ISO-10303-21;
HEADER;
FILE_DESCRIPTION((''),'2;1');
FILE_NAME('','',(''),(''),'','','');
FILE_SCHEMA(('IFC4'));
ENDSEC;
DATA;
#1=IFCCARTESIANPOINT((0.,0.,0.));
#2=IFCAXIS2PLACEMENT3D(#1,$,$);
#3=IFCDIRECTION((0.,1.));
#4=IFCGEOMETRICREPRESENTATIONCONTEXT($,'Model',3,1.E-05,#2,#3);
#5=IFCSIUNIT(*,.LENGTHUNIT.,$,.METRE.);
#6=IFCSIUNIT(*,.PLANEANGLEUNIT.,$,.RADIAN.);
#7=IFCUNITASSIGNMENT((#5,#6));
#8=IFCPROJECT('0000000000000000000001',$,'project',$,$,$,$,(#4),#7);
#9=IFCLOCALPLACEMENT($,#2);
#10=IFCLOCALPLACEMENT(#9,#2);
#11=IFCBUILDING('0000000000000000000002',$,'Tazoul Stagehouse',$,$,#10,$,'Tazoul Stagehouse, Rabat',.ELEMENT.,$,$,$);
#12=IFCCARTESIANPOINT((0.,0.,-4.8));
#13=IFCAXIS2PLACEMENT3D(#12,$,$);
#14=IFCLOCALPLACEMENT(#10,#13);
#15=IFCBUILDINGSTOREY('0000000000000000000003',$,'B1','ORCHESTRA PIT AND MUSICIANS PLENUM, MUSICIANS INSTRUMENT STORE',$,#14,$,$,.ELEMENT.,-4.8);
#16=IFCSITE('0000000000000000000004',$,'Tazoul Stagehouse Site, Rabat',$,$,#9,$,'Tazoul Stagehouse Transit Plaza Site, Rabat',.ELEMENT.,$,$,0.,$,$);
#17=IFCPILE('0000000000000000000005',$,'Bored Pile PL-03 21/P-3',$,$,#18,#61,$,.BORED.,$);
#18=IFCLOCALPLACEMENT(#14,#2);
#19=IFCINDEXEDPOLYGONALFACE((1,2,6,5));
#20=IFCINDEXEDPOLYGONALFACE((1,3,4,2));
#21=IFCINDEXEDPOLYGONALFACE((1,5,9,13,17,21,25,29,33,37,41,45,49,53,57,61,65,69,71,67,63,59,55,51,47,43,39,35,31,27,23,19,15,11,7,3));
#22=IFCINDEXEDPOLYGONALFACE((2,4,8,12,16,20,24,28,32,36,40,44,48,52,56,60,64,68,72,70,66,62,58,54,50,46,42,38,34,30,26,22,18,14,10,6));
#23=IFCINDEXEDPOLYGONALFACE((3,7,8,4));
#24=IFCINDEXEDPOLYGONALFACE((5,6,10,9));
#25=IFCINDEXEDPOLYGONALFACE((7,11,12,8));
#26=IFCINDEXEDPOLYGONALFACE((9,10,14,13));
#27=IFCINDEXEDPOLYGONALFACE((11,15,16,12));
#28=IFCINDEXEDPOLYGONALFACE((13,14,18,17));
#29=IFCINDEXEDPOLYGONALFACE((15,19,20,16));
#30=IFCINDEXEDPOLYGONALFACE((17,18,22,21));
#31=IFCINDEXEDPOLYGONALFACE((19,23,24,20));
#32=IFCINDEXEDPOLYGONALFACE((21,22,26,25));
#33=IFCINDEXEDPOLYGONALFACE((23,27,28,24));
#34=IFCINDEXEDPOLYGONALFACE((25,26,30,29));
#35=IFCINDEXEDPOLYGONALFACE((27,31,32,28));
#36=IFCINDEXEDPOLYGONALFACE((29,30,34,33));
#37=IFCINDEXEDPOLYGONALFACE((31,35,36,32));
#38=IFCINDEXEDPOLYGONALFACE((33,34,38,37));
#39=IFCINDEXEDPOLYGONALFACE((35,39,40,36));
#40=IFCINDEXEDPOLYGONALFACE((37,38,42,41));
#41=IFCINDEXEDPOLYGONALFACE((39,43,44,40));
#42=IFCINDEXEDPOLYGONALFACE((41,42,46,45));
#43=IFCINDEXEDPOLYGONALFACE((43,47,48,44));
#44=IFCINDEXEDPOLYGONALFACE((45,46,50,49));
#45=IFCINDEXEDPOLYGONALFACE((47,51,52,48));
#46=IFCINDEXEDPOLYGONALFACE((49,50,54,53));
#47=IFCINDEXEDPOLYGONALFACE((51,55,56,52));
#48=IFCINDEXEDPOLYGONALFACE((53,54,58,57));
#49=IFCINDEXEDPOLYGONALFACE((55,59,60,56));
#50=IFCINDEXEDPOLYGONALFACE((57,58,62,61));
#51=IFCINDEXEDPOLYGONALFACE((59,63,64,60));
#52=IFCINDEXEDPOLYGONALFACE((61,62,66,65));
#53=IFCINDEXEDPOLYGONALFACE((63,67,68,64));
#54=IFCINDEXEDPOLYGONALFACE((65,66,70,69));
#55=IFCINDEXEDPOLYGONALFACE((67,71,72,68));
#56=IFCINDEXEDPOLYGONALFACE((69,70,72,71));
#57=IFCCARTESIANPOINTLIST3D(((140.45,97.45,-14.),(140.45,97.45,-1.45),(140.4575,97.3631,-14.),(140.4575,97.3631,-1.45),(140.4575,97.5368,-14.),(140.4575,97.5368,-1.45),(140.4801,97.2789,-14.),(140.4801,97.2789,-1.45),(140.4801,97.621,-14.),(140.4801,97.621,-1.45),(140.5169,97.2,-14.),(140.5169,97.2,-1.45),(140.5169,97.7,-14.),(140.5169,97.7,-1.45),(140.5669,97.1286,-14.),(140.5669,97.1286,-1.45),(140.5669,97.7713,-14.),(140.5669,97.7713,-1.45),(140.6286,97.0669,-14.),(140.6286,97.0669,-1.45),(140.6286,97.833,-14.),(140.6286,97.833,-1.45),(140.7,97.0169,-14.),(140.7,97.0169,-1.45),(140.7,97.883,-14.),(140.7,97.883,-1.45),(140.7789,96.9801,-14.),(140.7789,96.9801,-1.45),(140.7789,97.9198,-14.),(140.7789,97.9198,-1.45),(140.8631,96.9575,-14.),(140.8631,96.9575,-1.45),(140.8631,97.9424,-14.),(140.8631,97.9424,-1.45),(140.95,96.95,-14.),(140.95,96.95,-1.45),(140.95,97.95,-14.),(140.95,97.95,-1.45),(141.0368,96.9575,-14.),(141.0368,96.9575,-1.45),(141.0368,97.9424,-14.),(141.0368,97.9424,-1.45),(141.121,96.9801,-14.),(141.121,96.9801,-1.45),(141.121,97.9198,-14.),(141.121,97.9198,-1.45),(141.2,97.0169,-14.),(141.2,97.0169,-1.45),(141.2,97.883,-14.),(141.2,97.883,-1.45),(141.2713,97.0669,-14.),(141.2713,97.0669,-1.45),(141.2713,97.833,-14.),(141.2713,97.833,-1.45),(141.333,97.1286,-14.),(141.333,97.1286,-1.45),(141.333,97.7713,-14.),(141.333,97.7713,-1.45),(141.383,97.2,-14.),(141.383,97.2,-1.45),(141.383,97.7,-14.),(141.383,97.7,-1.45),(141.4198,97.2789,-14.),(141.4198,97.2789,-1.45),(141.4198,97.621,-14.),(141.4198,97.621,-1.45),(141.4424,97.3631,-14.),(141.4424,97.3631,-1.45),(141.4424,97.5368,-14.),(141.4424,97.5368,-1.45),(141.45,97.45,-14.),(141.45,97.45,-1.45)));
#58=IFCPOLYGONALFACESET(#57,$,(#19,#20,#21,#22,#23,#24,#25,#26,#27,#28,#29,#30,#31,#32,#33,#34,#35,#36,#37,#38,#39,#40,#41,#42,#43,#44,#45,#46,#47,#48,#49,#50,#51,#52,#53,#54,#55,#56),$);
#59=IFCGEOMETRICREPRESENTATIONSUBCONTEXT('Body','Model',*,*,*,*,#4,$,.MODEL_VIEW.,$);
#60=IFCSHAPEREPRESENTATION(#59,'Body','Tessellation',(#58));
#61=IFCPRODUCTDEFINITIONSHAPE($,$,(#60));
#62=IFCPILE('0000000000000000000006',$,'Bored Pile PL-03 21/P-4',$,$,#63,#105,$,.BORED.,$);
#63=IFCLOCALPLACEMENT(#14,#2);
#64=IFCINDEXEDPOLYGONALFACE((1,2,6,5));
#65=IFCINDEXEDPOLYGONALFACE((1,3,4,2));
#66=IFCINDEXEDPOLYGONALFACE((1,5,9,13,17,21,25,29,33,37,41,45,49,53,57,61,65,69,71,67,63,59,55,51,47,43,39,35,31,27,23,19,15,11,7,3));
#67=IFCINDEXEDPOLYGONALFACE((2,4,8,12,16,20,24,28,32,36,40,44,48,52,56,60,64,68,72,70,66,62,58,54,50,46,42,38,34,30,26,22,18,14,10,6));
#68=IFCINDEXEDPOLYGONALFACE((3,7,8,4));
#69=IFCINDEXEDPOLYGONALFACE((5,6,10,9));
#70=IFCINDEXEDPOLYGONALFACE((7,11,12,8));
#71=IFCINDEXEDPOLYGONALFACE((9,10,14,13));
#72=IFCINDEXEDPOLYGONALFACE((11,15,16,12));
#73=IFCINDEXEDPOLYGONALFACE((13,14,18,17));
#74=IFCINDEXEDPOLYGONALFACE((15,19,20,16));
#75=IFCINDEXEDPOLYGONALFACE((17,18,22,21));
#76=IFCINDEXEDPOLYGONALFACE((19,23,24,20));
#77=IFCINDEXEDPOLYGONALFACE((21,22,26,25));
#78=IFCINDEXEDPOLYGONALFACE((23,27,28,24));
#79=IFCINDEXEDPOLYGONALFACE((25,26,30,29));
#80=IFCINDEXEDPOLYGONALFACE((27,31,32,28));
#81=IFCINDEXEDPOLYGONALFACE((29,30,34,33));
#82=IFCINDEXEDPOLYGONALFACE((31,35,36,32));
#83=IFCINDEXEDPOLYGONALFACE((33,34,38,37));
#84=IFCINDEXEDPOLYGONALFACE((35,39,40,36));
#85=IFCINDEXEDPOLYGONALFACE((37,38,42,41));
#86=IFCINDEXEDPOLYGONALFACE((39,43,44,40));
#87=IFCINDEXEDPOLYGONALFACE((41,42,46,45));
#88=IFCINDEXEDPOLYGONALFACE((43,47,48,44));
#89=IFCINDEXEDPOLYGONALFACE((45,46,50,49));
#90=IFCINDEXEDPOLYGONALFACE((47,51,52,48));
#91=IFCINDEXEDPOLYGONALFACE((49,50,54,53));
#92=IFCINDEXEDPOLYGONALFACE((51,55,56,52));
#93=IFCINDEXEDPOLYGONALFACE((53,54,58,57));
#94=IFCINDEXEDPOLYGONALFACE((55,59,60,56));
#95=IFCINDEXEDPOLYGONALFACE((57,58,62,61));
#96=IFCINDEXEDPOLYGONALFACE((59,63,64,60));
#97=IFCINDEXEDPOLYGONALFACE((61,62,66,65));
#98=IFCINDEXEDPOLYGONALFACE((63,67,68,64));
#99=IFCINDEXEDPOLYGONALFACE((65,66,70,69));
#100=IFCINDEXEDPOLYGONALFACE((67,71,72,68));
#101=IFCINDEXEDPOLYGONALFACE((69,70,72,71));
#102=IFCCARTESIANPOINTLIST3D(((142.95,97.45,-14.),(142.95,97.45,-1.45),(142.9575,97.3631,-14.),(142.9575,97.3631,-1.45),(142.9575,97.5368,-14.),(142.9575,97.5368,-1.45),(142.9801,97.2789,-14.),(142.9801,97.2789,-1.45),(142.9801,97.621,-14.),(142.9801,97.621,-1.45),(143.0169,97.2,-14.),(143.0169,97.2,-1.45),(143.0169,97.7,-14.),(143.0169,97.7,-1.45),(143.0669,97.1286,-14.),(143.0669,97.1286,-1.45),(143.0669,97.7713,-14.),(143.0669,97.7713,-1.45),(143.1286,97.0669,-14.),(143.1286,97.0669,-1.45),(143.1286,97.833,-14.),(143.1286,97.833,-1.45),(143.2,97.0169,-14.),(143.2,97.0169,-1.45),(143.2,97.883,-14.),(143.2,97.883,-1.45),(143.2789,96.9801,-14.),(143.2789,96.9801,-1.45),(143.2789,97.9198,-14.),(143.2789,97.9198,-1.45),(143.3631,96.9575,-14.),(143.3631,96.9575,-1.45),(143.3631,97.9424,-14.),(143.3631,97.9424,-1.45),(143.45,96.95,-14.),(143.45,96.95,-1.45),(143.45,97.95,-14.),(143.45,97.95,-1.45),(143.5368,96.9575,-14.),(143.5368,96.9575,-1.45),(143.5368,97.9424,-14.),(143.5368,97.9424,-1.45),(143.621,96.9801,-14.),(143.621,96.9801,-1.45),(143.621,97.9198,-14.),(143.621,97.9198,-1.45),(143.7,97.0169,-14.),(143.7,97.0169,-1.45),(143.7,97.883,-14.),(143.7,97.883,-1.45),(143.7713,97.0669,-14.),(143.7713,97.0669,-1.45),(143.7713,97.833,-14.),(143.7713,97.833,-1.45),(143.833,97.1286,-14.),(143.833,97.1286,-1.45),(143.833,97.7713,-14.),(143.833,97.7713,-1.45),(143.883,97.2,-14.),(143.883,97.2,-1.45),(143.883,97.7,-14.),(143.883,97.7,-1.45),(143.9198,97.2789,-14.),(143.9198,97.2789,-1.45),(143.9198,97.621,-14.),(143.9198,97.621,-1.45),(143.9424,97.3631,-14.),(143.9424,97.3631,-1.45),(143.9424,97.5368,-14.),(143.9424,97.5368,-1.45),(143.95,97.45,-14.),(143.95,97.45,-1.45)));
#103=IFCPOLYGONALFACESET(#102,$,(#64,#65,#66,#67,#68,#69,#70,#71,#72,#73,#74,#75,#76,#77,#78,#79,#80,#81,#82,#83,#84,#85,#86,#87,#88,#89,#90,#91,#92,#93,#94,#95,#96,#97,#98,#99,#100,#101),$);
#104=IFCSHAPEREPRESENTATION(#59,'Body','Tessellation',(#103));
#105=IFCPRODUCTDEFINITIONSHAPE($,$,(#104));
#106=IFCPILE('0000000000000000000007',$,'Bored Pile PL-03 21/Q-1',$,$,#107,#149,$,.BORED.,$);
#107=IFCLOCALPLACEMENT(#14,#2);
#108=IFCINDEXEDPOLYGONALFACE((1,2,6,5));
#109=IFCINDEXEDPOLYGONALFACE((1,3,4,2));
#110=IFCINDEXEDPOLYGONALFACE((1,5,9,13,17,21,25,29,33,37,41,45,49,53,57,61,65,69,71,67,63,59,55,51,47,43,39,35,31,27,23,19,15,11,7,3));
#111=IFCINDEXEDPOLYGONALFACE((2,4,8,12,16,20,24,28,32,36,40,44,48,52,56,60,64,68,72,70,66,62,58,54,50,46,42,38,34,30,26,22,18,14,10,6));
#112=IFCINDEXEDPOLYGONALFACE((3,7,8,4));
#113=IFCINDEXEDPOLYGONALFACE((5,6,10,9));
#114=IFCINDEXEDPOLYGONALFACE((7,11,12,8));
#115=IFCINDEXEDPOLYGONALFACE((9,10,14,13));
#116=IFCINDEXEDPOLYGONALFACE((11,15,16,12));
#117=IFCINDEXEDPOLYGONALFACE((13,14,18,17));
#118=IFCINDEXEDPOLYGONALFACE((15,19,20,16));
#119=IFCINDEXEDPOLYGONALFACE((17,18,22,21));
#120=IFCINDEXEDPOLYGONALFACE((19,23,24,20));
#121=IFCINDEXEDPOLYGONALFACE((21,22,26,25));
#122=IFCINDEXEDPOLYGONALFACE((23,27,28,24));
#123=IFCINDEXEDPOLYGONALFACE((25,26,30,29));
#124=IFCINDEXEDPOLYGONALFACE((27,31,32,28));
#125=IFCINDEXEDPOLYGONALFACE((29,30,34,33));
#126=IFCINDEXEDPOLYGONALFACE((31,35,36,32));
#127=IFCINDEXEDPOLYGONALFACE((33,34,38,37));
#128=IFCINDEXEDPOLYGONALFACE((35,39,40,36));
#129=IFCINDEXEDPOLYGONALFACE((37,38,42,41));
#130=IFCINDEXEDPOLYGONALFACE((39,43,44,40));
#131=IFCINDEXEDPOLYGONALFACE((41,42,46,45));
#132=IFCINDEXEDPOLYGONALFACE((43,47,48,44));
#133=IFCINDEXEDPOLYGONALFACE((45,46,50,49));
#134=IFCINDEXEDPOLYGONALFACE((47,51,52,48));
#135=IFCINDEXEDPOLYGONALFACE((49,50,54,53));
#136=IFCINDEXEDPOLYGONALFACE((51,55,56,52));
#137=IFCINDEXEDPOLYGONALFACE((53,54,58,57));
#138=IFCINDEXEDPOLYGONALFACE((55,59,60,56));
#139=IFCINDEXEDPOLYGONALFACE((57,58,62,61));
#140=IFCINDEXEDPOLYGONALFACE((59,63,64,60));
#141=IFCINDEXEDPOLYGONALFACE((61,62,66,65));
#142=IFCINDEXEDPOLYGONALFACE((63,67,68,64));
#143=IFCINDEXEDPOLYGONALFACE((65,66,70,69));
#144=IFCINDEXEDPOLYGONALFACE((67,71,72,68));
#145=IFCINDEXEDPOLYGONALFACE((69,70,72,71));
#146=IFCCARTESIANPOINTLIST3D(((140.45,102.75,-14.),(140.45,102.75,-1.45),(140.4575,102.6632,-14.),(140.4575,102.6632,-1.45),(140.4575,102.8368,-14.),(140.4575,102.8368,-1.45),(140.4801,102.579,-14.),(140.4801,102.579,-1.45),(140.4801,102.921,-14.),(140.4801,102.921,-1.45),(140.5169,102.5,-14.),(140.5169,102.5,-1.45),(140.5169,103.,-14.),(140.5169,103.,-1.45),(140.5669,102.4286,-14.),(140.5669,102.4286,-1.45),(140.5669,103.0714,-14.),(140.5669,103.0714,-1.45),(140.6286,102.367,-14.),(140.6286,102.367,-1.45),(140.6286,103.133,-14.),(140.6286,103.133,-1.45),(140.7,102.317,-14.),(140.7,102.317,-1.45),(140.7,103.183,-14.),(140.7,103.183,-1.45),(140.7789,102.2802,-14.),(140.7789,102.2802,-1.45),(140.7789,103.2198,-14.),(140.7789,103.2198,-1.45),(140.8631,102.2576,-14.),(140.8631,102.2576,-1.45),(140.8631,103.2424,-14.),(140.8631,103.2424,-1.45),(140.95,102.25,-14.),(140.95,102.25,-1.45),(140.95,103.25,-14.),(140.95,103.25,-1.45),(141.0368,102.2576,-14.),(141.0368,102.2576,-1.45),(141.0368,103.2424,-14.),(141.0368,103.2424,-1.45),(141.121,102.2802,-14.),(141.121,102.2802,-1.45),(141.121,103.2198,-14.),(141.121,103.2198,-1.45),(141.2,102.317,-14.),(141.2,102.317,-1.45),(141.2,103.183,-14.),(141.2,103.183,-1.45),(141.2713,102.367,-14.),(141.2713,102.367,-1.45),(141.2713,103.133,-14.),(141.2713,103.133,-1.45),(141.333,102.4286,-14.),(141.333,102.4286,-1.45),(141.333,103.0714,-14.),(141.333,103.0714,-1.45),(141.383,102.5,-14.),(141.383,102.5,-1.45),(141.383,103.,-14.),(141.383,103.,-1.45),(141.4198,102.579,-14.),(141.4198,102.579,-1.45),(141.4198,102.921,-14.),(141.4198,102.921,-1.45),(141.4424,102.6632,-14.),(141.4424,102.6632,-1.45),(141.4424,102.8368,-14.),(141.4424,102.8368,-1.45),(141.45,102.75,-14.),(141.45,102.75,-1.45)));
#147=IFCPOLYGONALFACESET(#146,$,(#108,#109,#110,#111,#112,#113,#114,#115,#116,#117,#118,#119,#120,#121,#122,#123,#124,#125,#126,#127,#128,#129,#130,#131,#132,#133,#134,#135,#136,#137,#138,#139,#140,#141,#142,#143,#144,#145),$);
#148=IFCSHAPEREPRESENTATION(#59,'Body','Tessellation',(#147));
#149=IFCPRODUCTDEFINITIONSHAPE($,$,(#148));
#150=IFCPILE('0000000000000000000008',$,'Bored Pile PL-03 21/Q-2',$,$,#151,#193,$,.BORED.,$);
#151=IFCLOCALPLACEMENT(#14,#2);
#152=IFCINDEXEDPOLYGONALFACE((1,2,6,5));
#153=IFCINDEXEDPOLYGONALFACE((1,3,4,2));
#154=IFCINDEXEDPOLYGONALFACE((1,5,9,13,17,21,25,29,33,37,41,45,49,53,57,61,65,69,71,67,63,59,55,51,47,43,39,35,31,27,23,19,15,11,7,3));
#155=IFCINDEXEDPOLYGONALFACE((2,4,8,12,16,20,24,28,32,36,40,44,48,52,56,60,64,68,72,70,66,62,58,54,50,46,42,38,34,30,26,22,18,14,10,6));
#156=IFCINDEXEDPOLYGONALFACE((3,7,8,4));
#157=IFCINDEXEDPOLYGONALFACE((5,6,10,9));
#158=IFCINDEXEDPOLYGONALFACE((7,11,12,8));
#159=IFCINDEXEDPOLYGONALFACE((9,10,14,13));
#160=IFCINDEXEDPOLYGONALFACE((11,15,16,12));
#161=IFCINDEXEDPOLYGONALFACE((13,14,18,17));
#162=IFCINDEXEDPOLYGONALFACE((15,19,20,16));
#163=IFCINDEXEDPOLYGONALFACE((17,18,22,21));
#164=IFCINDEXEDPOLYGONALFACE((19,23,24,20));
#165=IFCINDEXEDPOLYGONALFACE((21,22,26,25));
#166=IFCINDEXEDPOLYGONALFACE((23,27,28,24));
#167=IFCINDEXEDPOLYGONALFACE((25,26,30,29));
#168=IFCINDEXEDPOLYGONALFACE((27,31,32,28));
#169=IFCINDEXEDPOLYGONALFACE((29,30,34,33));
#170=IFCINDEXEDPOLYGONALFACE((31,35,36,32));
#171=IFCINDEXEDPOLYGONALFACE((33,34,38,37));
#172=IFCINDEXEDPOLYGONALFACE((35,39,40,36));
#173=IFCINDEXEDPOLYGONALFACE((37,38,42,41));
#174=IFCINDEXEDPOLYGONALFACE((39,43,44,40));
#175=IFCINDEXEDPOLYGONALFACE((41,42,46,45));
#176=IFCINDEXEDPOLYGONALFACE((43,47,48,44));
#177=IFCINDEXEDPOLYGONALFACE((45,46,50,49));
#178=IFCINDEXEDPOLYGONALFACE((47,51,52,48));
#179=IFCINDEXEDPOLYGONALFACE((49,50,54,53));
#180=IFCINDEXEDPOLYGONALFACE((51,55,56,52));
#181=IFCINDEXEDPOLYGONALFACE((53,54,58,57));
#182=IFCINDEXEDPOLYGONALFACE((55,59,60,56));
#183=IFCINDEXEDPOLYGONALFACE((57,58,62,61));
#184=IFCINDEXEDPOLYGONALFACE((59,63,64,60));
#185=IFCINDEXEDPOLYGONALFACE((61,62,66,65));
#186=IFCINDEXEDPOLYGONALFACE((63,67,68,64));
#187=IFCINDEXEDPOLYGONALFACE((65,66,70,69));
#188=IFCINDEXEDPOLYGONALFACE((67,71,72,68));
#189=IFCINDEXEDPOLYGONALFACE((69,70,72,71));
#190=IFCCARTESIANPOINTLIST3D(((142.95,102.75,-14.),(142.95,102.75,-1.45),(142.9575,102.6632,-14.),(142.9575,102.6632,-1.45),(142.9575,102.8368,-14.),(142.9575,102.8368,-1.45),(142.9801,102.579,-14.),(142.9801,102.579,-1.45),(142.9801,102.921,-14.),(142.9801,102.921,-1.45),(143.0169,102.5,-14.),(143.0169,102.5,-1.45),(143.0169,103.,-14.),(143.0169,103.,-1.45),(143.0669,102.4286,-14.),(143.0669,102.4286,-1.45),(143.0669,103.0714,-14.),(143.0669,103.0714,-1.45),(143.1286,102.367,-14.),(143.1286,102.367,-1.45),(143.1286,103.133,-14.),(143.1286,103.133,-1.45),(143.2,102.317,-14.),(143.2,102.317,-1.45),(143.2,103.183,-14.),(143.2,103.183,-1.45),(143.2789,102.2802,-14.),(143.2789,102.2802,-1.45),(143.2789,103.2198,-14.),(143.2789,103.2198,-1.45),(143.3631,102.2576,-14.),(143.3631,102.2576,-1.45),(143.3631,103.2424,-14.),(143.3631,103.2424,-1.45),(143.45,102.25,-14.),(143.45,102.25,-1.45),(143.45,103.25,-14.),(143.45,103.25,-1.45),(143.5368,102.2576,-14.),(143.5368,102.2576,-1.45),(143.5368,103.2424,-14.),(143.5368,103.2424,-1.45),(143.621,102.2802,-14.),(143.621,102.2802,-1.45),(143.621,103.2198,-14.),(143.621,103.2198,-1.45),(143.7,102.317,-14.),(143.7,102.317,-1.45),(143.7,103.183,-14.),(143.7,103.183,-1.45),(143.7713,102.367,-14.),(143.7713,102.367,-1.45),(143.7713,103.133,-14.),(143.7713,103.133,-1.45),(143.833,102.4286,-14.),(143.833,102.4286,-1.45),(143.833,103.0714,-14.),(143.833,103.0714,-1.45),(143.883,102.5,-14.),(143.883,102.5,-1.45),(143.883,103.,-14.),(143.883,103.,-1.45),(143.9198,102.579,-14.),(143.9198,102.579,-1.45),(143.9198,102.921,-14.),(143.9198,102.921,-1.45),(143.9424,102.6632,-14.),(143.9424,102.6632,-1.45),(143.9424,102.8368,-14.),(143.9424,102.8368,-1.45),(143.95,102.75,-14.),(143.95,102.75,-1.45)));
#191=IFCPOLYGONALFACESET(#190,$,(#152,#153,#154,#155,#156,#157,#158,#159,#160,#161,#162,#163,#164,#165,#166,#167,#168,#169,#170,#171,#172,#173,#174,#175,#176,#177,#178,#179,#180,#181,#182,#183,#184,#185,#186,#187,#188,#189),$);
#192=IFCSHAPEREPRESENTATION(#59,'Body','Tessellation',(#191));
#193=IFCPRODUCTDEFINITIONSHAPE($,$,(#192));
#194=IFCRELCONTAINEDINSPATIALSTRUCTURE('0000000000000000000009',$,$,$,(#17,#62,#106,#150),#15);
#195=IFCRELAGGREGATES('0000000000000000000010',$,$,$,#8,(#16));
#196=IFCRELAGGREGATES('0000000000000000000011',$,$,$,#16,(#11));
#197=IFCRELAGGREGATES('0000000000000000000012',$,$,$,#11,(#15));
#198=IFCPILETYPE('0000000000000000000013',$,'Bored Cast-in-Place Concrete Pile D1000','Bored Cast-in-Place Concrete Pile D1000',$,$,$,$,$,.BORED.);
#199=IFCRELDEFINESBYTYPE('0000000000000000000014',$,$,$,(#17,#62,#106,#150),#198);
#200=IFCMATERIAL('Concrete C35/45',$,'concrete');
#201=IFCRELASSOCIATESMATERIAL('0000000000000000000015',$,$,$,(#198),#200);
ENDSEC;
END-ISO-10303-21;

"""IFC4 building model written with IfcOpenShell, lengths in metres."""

from ifc_helpers import new_model, si_unit, direction, frame, origin, origin_2d, place, context, subcontext, project, spatial, circle, extrude, material, material_profile, profile_set, type_object, element, save


model = new_model("IFC4")

# Units and contexts
model_context = context("Model", 3, precision=1e-05, world=origin(), true_north=direction((0.0, 1.0)))
body_context = subcontext(model_context, "Body", "Model", "MODEL_VIEW")
ifc_project = project(units=[si_unit("LENGTHUNIT", "METRE"), si_unit("PLANEANGLEUNIT", "RADIAN")], contexts=[model_context])

# Site, building, storey
site_placement = place(None, origin())
site = spatial("IfcSite", under=ifc_project, at=site_placement, Name="Tazoul Stagehouse Site, Rabat", LongName="Tazoul Stagehouse Transit Plaza Site, Rabat", CompositionType="ELEMENT", RefElevation=0.0)
building_placement = place(site_placement, origin())
building = spatial("IfcBuilding", under=site, at=building_placement, Name="Tazoul Stagehouse", LongName="Tazoul Stagehouse, Rabat", CompositionType="ELEMENT")
storey_placement = place(building_placement, frame((0.0, 0.0, -4.8)))
storey = spatial("IfcBuildingStorey", under=building, at=storey_placement, Name="B1", Description="ORCHESTRA PIT AND MUSICIANS PLENUM, MUSICIANS INSTRUMENT STORE", CompositionType="ELEMENT", Elevation=-4.8)

# Piles
ifc_material_1 = material(Name="Concrete C35/45", Category="concrete")
ifc_material_profile_1 = material_profile(ifc_material_1, circle(Radius=0.5, at=origin_2d()), Name="BORED PILE 1000")
ifc_profile_set_1 = profile_set([ifc_material_profile_1], Name="Concrete C35/45")
pile_type_1 = type_object("IfcPileType", Name="Bored Cast-in-Place Concrete Pile D1000", Description="Bored Cast-in-Place Concrete Pile D1000", PredefinedType="BORED", material=ifc_profile_set_1)
for number, where, z_axis, x_axis, name in (
    (1, (140.95, 97.45, -1.45), (0.0, 0.0, -1.0), (1.0, 0.0, 0.0), "Bored Pile PL-03 21/P-3"),
    (2, (143.45, 97.45, -1.45), (0.0, 0.0, -1.0), (1.0, 0.0, 0.0), "Bored Pile PL-03 21/P-4"),
    (3, (140.95, 102.75, -1.45), (0.0, 0.0, -1.0), (1.0, 0.0, 0.0), "Bored Pile PL-03 21/Q-1"),
    (4, (143.45, 102.75, -1.45), (0.0, 0.0, -1.0), (1.0, 0.0, 0.0), "Bored Pile PL-03 21/Q-2"),
):
    element("IfcPile", number, at=place(storey_placement, frame(where, z_axis=z_axis, x_axis=x_axis)), inside=storey, type_object=pile_type_1, Name=name, PredefinedType="BORED", context=body_context, shape_type="SweptSolid", body=[
        extrude(circle(Radius=0.5, at=origin_2d()), origin(), (0.0, 0.0, 1.0), 12.55),
    ])

save(model, "model.ifc")
